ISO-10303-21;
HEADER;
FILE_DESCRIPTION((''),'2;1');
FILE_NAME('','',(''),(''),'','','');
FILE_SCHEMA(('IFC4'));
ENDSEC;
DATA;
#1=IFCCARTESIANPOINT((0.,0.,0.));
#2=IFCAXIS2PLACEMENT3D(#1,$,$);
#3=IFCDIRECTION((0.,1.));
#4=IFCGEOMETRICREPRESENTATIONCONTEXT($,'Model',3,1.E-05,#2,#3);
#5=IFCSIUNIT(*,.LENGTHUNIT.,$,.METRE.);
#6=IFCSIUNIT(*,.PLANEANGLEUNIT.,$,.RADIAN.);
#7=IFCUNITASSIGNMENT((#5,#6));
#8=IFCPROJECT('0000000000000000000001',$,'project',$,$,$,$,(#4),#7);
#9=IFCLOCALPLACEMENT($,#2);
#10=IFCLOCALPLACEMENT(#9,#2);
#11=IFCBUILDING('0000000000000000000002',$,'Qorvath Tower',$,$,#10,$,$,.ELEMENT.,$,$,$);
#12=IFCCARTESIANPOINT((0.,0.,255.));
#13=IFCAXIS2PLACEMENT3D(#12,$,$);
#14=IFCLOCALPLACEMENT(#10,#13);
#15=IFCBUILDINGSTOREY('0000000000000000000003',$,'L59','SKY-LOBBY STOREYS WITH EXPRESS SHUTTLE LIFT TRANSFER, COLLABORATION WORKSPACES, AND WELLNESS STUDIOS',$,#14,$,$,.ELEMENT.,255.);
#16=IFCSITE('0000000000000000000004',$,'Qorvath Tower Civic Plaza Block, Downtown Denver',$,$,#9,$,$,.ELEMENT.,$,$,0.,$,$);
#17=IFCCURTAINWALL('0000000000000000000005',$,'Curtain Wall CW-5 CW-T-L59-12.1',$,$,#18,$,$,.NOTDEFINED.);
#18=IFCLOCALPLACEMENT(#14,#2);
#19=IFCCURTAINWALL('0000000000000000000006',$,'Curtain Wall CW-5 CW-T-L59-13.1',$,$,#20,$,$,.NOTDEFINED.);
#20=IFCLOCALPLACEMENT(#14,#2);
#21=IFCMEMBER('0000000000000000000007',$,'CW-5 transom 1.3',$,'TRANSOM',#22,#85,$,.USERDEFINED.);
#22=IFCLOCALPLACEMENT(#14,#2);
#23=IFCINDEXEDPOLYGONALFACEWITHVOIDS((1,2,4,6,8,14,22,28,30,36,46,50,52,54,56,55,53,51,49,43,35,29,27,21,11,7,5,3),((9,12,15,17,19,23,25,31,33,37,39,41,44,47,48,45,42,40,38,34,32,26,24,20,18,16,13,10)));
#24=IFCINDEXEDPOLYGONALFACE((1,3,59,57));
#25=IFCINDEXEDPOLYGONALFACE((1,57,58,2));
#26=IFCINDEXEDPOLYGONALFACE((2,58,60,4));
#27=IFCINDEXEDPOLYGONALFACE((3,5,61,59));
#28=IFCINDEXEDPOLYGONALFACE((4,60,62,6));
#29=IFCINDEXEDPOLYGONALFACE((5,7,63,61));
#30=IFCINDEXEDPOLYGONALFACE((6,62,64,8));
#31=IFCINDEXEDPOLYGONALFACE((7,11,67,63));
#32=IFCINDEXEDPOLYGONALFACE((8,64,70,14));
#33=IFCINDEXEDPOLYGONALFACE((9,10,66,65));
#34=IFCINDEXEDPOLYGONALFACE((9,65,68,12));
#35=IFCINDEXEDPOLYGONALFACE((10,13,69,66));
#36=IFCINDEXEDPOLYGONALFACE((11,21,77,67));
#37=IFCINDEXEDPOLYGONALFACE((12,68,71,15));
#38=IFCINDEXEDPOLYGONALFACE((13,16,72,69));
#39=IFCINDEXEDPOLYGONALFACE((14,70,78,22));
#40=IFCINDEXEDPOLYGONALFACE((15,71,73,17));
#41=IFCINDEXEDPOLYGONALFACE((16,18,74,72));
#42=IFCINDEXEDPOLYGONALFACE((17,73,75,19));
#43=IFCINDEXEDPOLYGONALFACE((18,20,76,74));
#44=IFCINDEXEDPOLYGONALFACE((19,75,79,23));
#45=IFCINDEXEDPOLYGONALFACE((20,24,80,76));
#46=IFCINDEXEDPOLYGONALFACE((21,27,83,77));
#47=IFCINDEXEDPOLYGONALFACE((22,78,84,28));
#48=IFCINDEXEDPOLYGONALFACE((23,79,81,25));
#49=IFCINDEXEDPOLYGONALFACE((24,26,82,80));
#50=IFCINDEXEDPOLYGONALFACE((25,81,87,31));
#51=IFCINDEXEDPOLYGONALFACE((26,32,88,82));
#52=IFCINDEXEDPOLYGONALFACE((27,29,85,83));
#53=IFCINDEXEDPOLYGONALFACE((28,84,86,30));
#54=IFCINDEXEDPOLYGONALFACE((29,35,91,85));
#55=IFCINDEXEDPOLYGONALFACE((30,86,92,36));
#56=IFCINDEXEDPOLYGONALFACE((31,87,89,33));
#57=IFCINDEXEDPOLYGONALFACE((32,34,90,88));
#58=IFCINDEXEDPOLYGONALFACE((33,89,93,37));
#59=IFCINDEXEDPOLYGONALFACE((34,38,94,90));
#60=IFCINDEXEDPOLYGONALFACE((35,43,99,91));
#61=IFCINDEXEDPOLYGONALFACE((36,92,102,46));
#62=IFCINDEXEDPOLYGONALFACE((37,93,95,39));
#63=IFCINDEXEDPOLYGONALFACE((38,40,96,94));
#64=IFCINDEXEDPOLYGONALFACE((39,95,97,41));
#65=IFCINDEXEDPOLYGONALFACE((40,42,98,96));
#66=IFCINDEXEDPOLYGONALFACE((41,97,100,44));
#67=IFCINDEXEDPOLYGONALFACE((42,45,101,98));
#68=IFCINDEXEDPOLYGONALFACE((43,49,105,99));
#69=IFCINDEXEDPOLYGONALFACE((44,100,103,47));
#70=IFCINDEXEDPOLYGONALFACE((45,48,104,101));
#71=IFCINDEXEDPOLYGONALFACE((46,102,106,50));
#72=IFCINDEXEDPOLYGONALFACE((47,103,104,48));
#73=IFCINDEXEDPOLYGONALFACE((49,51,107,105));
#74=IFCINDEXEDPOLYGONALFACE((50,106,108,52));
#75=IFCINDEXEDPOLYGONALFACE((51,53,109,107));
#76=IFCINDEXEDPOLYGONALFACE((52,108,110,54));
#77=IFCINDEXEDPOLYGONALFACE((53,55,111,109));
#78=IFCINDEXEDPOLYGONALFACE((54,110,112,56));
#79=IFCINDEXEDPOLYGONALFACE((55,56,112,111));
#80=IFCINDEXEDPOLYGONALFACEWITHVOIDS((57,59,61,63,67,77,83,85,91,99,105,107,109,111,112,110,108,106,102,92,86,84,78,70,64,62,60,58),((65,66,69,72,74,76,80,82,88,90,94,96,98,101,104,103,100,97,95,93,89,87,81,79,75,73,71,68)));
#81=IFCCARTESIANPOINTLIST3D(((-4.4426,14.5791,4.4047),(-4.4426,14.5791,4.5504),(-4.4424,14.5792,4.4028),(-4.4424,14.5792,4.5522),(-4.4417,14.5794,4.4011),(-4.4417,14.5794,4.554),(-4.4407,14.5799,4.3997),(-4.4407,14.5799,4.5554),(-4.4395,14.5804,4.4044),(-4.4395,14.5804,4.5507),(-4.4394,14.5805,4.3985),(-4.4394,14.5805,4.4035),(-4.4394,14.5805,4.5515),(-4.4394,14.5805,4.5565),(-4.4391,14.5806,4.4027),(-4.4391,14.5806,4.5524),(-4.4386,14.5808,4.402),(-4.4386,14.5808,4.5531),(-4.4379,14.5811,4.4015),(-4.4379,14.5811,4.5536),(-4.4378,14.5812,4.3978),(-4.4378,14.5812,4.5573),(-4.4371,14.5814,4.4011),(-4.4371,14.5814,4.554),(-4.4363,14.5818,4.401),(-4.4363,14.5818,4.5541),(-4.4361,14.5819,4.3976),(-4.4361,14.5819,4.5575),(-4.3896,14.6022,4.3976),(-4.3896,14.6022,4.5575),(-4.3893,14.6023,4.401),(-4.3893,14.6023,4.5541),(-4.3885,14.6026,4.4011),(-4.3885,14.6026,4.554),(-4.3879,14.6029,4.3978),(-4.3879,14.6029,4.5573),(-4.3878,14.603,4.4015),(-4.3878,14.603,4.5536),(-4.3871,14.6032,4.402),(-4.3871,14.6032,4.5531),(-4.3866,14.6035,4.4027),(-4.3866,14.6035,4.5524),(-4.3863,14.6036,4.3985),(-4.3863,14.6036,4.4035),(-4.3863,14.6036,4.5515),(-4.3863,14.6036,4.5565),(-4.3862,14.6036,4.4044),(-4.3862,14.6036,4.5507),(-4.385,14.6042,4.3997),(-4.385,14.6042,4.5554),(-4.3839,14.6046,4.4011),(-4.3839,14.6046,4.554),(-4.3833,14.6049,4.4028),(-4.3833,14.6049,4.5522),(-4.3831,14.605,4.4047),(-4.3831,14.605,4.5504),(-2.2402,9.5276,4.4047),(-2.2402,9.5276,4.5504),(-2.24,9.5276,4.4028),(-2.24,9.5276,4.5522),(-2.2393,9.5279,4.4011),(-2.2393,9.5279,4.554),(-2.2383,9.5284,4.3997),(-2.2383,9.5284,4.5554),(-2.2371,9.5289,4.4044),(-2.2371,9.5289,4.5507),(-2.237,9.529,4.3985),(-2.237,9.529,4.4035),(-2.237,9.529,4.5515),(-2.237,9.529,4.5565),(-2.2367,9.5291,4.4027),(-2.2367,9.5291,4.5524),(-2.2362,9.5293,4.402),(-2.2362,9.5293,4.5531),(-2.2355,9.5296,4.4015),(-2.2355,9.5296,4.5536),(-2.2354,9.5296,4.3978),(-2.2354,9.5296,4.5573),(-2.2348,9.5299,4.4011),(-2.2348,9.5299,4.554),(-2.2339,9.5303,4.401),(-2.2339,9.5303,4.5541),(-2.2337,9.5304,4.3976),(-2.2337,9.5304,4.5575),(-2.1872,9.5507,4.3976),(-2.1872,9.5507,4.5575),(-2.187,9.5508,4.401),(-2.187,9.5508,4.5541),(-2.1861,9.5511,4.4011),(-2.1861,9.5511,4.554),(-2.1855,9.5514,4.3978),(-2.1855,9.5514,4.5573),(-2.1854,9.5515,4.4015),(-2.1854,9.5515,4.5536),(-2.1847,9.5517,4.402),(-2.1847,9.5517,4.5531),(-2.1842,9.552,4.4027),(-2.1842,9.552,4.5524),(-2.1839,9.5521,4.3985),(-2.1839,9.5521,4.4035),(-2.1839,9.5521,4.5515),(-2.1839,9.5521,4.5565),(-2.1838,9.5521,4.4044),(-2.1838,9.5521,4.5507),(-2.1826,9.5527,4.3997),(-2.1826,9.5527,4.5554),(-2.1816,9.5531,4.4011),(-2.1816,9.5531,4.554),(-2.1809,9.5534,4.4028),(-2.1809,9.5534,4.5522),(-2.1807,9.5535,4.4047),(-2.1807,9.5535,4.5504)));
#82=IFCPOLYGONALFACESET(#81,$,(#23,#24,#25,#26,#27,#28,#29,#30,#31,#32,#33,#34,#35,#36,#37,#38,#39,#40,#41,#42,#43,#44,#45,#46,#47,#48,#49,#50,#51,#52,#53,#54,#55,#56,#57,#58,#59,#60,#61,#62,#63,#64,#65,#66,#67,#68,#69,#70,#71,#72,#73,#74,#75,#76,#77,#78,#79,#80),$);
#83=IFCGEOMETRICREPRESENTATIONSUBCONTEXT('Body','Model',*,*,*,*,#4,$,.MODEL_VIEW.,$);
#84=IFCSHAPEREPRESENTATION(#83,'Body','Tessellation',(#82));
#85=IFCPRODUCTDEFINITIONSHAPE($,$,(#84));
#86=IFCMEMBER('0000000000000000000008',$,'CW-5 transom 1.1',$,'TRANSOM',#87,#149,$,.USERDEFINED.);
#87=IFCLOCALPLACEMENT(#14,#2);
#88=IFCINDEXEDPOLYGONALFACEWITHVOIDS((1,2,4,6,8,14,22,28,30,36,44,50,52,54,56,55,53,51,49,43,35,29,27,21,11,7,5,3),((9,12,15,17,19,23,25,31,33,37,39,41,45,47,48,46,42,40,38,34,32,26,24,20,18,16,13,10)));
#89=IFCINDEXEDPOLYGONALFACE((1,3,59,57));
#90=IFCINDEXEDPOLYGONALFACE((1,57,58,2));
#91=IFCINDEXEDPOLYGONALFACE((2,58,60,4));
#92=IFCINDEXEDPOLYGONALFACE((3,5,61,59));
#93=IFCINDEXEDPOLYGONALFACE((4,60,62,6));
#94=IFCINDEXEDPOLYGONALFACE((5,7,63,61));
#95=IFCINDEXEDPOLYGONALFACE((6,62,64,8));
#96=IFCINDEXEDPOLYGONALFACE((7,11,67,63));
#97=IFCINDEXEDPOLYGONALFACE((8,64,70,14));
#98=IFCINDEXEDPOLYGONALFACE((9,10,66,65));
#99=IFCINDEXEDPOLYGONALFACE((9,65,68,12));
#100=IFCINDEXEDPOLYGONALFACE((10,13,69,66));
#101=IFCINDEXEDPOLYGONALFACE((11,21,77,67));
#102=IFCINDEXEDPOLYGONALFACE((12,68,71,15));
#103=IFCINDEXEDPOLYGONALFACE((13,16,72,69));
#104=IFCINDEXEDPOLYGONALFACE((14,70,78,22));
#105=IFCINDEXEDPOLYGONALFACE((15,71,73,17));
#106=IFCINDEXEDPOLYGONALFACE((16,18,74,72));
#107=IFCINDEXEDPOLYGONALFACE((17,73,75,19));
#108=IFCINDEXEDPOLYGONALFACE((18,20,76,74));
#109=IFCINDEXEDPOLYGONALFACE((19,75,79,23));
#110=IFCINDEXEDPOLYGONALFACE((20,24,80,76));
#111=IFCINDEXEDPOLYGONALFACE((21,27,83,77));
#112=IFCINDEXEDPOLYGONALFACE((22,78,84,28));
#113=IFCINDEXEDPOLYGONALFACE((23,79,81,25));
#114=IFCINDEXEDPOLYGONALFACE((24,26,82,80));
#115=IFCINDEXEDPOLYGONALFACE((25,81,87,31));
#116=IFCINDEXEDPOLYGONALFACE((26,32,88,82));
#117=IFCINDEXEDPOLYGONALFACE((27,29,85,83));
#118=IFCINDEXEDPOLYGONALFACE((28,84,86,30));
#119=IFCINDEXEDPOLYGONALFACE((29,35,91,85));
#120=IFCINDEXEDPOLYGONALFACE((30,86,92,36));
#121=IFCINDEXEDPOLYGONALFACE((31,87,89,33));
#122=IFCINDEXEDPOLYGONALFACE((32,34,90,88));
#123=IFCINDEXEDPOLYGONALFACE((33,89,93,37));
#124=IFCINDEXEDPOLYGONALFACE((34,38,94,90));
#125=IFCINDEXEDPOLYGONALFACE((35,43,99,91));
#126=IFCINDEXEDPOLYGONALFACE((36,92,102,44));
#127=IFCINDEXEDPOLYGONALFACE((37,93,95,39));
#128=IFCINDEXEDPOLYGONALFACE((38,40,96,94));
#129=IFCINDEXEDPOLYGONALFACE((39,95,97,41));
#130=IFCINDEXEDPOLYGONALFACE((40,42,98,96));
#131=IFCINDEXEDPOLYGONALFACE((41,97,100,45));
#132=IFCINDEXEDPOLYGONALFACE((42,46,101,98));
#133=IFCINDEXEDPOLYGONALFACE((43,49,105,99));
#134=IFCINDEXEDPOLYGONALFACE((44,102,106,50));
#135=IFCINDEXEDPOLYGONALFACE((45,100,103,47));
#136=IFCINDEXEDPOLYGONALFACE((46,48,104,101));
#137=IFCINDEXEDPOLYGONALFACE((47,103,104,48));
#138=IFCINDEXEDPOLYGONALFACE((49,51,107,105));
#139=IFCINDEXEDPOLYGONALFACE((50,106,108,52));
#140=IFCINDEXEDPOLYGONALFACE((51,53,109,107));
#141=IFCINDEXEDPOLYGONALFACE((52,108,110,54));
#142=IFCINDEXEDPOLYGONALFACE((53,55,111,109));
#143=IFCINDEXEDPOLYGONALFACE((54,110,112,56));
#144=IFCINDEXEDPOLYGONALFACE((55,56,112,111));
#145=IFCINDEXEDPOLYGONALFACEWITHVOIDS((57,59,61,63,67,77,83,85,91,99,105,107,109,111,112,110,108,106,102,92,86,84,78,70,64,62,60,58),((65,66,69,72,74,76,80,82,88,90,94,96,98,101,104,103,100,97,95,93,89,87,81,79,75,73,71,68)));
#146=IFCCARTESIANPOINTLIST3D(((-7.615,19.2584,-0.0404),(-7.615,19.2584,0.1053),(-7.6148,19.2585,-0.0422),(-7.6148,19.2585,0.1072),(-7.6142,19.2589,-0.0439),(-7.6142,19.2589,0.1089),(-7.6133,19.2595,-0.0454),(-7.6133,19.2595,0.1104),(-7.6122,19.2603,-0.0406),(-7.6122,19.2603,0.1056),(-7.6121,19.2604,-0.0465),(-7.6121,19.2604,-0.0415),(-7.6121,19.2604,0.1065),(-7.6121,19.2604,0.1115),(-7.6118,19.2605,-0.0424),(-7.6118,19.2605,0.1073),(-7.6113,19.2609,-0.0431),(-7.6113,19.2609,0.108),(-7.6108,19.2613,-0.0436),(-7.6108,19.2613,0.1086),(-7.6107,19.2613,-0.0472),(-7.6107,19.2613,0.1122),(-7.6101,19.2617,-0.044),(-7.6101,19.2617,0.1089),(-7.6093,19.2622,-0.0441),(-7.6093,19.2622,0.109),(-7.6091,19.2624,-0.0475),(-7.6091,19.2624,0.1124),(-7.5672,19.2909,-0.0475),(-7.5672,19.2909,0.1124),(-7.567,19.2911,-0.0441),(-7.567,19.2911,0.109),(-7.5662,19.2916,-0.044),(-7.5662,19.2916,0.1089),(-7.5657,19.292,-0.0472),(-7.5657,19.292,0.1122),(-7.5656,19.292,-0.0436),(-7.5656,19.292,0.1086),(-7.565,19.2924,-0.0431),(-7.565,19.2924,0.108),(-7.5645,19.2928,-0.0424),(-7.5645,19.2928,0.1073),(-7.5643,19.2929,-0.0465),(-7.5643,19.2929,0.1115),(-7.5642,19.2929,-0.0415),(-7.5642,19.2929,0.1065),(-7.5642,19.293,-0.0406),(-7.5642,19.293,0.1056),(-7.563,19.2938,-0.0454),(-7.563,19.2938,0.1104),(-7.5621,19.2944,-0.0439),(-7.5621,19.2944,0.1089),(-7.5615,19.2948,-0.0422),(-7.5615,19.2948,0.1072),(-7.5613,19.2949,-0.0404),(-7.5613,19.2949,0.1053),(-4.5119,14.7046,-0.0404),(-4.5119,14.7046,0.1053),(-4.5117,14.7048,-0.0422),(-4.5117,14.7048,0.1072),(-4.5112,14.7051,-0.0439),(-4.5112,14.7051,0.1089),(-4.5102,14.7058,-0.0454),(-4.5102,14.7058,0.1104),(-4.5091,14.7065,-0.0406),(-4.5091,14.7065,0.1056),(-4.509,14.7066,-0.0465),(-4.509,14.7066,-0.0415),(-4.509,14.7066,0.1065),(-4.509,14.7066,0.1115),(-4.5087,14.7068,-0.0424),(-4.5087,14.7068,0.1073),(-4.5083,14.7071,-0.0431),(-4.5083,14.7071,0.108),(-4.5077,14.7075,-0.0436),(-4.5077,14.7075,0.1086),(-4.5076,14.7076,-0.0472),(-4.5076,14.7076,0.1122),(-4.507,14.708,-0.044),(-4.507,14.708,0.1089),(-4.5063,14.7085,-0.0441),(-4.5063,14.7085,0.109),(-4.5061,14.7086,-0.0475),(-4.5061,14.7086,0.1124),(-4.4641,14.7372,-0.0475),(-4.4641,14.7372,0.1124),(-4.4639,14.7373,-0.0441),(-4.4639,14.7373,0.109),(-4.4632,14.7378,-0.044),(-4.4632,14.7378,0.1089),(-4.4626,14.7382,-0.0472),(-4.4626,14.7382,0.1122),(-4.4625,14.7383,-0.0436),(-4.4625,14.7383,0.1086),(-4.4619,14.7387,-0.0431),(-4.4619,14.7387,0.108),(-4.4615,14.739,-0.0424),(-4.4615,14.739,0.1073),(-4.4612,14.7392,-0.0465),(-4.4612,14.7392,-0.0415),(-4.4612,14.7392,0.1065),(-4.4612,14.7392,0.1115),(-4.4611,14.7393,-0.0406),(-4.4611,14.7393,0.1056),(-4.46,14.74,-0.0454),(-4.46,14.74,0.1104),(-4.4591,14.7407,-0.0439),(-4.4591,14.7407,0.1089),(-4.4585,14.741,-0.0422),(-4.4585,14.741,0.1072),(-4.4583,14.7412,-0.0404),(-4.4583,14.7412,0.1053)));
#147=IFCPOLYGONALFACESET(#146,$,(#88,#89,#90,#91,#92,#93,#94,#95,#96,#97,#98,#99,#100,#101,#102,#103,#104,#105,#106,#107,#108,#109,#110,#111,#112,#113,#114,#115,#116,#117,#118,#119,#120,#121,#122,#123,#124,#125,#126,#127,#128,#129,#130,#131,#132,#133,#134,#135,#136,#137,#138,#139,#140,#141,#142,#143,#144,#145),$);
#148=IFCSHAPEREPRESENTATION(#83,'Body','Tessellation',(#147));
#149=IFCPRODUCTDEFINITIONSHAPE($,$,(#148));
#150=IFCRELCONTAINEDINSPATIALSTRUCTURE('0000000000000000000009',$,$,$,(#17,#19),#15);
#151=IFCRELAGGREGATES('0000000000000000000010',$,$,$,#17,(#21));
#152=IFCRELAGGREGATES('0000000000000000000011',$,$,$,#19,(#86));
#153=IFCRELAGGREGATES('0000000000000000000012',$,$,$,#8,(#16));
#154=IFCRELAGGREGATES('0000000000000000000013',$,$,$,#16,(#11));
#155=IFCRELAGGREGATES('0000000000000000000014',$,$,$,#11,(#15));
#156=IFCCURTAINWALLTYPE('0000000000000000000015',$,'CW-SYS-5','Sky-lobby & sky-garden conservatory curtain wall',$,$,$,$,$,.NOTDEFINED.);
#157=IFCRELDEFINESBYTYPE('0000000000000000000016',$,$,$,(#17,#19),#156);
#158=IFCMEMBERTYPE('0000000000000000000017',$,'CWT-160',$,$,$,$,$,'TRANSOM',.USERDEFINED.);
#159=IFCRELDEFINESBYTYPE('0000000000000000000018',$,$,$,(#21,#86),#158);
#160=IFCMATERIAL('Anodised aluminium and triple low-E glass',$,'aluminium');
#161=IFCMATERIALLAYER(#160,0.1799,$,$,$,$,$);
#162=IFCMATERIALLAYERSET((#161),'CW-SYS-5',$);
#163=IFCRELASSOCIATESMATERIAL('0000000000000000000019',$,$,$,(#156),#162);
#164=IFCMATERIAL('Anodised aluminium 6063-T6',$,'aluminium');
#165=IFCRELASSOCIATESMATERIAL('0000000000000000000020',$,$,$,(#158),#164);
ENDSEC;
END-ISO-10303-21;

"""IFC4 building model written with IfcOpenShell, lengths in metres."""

from ifc_helpers import new_model, si_unit, direction, frame, origin, origin_2d, place, context, subcontext, project, spatial, hollow_rectangle, extrude, material, layer, layer_set, material_profile, profile_set, type_object, element, aggregate, save


model = new_model("IFC4")

# Units and contexts
model_context = context("Model", 3, precision=1e-05, world=origin(), true_north=direction((0.0, 1.0)))
body_context = subcontext(model_context, "Body", "Model", "MODEL_VIEW")
ifc_project = project(units=[si_unit("LENGTHUNIT", "METRE"), si_unit("PLANEANGLEUNIT", "RADIAN")], contexts=[model_context])

# Site, building, storey
site_placement = place(None, origin())
site = spatial("IfcSite", under=ifc_project, at=site_placement, Name="Qorvath Tower Civic Plaza Block, Downtown Denver", CompositionType="ELEMENT", RefElevation=0.0)
building_placement = place(site_placement, origin())
building = spatial("IfcBuilding", under=site, at=building_placement, Name="Qorvath Tower", CompositionType="ELEMENT")
storey_placement = place(building_placement, frame((0.0, 0.0, 255.0)))
storey = spatial("IfcBuildingStorey", under=building, at=storey_placement, Name="L59", Description="SKY-LOBBY STOREYS WITH EXPRESS SHUTTLE LIFT TRANSFER, COLLABORATION WORKSPACES, AND WELLNESS STUDIOS", CompositionType="ELEMENT", Elevation=255.0)

# Shared definitions
ifc_material_1 = material(Name="Anodised aluminium and triple low-E glass", Category="aluminium")
ifc_layer_1 = layer(ifc_material_1, 0.1799)
ifc_layer_set_1 = layer_set([ifc_layer_1], Name="CW-SYS-5")
curtain_wall_type = type_object("IfcCurtainWallType", Name="CW-SYS-5", Description="Sky-lobby & sky-garden conservatory curtain wall", PredefinedType="NOTDEFINED", material=ifc_layer_set_1)

# Curtain walls
curtain_wall_1_placement = place(storey_placement, origin())
curtain_wall_1 = element("IfcCurtainWall", 1, at=curtain_wall_1_placement, inside=storey, type_object=curtain_wall_type, Name="Curtain Wall CW-5 CW-T-L59-12.1", PredefinedType="NOTDEFINED")
curtain_wall_2_placement = place(storey_placement, origin())
curtain_wall_2 = element("IfcCurtainWall", 2, at=curtain_wall_2_placement, inside=storey, type_object=curtain_wall_type, Name="Curtain Wall CW-5 CW-T-L59-13.1", PredefinedType="NOTDEFINED")

# Members
ifc_material_2 = material(Name="Anodised aluminium 6063-T6", Category="aluminium")
ifc_material_profile_1 = material_profile(ifc_material_2, hollow_rectangle(XDim=0.0649, YDim=0.1599, WallThickness=0.0034, InnerFilletRadius=0.0034, OuterFilletRadius=0.0071, at=origin_2d()), Name="CWT 160x65")
ifc_profile_set_1 = profile_set([ifc_material_profile_1], Name="Anodised aluminium 6063-T6")
member_type_1 = type_object("IfcMemberType", Name="CWT-160", ElementType="TRANSOM", PredefinedType="USERDEFINED", material=ifc_profile_set_1)
member_1_placement = place(storey_placement, frame((-2.2104, 9.5405, 4.4775), z_axis=(-0.399654, 0.916666, 0.0), x_axis=(-0.916666, -0.399654, 0.0)))
member_1 = element("IfcMember", 3, at=member_1_placement, type_object=member_type_1, Name="CW-5 transom 1.3", ObjectType="TRANSOM", PredefinedType="USERDEFINED", context=body_context, shape_type="SweptSolid", body=[
    extrude(hollow_rectangle(XDim=0.0649, YDim=0.1599, WallThickness=0.0034, InnerFilletRadius=0.0034, OuterFilletRadius=0.0071, at=origin_2d()), origin(), (0.0, 0.0, 1.0), 5.5107),
])
member_2_placement = place(storey_placement, frame((-4.4851, 14.7229, 0.0325), z_axis=(-0.563117, 0.826377, 0.0), x_axis=(-0.826377, -0.563117, 0.0)))
member_2 = element("IfcMember", 4, at=member_2_placement, type_object=member_type_1, Name="CW-5 transom 1.1", ObjectType="TRANSOM", PredefinedType="USERDEFINED", context=body_context, shape_type="SweptSolid", body=[
    extrude(hollow_rectangle(XDim=0.0649, YDim=0.1599, WallThickness=0.0034, InnerFilletRadius=0.0034, OuterFilletRadius=0.0071, at=origin_2d()), origin(), (0.0, 0.0, 1.0), 5.5105),
])

aggregate(curtain_wall_1, [member_1])
aggregate(curtain_wall_2, [member_2])

save(model, "model.ifc")
